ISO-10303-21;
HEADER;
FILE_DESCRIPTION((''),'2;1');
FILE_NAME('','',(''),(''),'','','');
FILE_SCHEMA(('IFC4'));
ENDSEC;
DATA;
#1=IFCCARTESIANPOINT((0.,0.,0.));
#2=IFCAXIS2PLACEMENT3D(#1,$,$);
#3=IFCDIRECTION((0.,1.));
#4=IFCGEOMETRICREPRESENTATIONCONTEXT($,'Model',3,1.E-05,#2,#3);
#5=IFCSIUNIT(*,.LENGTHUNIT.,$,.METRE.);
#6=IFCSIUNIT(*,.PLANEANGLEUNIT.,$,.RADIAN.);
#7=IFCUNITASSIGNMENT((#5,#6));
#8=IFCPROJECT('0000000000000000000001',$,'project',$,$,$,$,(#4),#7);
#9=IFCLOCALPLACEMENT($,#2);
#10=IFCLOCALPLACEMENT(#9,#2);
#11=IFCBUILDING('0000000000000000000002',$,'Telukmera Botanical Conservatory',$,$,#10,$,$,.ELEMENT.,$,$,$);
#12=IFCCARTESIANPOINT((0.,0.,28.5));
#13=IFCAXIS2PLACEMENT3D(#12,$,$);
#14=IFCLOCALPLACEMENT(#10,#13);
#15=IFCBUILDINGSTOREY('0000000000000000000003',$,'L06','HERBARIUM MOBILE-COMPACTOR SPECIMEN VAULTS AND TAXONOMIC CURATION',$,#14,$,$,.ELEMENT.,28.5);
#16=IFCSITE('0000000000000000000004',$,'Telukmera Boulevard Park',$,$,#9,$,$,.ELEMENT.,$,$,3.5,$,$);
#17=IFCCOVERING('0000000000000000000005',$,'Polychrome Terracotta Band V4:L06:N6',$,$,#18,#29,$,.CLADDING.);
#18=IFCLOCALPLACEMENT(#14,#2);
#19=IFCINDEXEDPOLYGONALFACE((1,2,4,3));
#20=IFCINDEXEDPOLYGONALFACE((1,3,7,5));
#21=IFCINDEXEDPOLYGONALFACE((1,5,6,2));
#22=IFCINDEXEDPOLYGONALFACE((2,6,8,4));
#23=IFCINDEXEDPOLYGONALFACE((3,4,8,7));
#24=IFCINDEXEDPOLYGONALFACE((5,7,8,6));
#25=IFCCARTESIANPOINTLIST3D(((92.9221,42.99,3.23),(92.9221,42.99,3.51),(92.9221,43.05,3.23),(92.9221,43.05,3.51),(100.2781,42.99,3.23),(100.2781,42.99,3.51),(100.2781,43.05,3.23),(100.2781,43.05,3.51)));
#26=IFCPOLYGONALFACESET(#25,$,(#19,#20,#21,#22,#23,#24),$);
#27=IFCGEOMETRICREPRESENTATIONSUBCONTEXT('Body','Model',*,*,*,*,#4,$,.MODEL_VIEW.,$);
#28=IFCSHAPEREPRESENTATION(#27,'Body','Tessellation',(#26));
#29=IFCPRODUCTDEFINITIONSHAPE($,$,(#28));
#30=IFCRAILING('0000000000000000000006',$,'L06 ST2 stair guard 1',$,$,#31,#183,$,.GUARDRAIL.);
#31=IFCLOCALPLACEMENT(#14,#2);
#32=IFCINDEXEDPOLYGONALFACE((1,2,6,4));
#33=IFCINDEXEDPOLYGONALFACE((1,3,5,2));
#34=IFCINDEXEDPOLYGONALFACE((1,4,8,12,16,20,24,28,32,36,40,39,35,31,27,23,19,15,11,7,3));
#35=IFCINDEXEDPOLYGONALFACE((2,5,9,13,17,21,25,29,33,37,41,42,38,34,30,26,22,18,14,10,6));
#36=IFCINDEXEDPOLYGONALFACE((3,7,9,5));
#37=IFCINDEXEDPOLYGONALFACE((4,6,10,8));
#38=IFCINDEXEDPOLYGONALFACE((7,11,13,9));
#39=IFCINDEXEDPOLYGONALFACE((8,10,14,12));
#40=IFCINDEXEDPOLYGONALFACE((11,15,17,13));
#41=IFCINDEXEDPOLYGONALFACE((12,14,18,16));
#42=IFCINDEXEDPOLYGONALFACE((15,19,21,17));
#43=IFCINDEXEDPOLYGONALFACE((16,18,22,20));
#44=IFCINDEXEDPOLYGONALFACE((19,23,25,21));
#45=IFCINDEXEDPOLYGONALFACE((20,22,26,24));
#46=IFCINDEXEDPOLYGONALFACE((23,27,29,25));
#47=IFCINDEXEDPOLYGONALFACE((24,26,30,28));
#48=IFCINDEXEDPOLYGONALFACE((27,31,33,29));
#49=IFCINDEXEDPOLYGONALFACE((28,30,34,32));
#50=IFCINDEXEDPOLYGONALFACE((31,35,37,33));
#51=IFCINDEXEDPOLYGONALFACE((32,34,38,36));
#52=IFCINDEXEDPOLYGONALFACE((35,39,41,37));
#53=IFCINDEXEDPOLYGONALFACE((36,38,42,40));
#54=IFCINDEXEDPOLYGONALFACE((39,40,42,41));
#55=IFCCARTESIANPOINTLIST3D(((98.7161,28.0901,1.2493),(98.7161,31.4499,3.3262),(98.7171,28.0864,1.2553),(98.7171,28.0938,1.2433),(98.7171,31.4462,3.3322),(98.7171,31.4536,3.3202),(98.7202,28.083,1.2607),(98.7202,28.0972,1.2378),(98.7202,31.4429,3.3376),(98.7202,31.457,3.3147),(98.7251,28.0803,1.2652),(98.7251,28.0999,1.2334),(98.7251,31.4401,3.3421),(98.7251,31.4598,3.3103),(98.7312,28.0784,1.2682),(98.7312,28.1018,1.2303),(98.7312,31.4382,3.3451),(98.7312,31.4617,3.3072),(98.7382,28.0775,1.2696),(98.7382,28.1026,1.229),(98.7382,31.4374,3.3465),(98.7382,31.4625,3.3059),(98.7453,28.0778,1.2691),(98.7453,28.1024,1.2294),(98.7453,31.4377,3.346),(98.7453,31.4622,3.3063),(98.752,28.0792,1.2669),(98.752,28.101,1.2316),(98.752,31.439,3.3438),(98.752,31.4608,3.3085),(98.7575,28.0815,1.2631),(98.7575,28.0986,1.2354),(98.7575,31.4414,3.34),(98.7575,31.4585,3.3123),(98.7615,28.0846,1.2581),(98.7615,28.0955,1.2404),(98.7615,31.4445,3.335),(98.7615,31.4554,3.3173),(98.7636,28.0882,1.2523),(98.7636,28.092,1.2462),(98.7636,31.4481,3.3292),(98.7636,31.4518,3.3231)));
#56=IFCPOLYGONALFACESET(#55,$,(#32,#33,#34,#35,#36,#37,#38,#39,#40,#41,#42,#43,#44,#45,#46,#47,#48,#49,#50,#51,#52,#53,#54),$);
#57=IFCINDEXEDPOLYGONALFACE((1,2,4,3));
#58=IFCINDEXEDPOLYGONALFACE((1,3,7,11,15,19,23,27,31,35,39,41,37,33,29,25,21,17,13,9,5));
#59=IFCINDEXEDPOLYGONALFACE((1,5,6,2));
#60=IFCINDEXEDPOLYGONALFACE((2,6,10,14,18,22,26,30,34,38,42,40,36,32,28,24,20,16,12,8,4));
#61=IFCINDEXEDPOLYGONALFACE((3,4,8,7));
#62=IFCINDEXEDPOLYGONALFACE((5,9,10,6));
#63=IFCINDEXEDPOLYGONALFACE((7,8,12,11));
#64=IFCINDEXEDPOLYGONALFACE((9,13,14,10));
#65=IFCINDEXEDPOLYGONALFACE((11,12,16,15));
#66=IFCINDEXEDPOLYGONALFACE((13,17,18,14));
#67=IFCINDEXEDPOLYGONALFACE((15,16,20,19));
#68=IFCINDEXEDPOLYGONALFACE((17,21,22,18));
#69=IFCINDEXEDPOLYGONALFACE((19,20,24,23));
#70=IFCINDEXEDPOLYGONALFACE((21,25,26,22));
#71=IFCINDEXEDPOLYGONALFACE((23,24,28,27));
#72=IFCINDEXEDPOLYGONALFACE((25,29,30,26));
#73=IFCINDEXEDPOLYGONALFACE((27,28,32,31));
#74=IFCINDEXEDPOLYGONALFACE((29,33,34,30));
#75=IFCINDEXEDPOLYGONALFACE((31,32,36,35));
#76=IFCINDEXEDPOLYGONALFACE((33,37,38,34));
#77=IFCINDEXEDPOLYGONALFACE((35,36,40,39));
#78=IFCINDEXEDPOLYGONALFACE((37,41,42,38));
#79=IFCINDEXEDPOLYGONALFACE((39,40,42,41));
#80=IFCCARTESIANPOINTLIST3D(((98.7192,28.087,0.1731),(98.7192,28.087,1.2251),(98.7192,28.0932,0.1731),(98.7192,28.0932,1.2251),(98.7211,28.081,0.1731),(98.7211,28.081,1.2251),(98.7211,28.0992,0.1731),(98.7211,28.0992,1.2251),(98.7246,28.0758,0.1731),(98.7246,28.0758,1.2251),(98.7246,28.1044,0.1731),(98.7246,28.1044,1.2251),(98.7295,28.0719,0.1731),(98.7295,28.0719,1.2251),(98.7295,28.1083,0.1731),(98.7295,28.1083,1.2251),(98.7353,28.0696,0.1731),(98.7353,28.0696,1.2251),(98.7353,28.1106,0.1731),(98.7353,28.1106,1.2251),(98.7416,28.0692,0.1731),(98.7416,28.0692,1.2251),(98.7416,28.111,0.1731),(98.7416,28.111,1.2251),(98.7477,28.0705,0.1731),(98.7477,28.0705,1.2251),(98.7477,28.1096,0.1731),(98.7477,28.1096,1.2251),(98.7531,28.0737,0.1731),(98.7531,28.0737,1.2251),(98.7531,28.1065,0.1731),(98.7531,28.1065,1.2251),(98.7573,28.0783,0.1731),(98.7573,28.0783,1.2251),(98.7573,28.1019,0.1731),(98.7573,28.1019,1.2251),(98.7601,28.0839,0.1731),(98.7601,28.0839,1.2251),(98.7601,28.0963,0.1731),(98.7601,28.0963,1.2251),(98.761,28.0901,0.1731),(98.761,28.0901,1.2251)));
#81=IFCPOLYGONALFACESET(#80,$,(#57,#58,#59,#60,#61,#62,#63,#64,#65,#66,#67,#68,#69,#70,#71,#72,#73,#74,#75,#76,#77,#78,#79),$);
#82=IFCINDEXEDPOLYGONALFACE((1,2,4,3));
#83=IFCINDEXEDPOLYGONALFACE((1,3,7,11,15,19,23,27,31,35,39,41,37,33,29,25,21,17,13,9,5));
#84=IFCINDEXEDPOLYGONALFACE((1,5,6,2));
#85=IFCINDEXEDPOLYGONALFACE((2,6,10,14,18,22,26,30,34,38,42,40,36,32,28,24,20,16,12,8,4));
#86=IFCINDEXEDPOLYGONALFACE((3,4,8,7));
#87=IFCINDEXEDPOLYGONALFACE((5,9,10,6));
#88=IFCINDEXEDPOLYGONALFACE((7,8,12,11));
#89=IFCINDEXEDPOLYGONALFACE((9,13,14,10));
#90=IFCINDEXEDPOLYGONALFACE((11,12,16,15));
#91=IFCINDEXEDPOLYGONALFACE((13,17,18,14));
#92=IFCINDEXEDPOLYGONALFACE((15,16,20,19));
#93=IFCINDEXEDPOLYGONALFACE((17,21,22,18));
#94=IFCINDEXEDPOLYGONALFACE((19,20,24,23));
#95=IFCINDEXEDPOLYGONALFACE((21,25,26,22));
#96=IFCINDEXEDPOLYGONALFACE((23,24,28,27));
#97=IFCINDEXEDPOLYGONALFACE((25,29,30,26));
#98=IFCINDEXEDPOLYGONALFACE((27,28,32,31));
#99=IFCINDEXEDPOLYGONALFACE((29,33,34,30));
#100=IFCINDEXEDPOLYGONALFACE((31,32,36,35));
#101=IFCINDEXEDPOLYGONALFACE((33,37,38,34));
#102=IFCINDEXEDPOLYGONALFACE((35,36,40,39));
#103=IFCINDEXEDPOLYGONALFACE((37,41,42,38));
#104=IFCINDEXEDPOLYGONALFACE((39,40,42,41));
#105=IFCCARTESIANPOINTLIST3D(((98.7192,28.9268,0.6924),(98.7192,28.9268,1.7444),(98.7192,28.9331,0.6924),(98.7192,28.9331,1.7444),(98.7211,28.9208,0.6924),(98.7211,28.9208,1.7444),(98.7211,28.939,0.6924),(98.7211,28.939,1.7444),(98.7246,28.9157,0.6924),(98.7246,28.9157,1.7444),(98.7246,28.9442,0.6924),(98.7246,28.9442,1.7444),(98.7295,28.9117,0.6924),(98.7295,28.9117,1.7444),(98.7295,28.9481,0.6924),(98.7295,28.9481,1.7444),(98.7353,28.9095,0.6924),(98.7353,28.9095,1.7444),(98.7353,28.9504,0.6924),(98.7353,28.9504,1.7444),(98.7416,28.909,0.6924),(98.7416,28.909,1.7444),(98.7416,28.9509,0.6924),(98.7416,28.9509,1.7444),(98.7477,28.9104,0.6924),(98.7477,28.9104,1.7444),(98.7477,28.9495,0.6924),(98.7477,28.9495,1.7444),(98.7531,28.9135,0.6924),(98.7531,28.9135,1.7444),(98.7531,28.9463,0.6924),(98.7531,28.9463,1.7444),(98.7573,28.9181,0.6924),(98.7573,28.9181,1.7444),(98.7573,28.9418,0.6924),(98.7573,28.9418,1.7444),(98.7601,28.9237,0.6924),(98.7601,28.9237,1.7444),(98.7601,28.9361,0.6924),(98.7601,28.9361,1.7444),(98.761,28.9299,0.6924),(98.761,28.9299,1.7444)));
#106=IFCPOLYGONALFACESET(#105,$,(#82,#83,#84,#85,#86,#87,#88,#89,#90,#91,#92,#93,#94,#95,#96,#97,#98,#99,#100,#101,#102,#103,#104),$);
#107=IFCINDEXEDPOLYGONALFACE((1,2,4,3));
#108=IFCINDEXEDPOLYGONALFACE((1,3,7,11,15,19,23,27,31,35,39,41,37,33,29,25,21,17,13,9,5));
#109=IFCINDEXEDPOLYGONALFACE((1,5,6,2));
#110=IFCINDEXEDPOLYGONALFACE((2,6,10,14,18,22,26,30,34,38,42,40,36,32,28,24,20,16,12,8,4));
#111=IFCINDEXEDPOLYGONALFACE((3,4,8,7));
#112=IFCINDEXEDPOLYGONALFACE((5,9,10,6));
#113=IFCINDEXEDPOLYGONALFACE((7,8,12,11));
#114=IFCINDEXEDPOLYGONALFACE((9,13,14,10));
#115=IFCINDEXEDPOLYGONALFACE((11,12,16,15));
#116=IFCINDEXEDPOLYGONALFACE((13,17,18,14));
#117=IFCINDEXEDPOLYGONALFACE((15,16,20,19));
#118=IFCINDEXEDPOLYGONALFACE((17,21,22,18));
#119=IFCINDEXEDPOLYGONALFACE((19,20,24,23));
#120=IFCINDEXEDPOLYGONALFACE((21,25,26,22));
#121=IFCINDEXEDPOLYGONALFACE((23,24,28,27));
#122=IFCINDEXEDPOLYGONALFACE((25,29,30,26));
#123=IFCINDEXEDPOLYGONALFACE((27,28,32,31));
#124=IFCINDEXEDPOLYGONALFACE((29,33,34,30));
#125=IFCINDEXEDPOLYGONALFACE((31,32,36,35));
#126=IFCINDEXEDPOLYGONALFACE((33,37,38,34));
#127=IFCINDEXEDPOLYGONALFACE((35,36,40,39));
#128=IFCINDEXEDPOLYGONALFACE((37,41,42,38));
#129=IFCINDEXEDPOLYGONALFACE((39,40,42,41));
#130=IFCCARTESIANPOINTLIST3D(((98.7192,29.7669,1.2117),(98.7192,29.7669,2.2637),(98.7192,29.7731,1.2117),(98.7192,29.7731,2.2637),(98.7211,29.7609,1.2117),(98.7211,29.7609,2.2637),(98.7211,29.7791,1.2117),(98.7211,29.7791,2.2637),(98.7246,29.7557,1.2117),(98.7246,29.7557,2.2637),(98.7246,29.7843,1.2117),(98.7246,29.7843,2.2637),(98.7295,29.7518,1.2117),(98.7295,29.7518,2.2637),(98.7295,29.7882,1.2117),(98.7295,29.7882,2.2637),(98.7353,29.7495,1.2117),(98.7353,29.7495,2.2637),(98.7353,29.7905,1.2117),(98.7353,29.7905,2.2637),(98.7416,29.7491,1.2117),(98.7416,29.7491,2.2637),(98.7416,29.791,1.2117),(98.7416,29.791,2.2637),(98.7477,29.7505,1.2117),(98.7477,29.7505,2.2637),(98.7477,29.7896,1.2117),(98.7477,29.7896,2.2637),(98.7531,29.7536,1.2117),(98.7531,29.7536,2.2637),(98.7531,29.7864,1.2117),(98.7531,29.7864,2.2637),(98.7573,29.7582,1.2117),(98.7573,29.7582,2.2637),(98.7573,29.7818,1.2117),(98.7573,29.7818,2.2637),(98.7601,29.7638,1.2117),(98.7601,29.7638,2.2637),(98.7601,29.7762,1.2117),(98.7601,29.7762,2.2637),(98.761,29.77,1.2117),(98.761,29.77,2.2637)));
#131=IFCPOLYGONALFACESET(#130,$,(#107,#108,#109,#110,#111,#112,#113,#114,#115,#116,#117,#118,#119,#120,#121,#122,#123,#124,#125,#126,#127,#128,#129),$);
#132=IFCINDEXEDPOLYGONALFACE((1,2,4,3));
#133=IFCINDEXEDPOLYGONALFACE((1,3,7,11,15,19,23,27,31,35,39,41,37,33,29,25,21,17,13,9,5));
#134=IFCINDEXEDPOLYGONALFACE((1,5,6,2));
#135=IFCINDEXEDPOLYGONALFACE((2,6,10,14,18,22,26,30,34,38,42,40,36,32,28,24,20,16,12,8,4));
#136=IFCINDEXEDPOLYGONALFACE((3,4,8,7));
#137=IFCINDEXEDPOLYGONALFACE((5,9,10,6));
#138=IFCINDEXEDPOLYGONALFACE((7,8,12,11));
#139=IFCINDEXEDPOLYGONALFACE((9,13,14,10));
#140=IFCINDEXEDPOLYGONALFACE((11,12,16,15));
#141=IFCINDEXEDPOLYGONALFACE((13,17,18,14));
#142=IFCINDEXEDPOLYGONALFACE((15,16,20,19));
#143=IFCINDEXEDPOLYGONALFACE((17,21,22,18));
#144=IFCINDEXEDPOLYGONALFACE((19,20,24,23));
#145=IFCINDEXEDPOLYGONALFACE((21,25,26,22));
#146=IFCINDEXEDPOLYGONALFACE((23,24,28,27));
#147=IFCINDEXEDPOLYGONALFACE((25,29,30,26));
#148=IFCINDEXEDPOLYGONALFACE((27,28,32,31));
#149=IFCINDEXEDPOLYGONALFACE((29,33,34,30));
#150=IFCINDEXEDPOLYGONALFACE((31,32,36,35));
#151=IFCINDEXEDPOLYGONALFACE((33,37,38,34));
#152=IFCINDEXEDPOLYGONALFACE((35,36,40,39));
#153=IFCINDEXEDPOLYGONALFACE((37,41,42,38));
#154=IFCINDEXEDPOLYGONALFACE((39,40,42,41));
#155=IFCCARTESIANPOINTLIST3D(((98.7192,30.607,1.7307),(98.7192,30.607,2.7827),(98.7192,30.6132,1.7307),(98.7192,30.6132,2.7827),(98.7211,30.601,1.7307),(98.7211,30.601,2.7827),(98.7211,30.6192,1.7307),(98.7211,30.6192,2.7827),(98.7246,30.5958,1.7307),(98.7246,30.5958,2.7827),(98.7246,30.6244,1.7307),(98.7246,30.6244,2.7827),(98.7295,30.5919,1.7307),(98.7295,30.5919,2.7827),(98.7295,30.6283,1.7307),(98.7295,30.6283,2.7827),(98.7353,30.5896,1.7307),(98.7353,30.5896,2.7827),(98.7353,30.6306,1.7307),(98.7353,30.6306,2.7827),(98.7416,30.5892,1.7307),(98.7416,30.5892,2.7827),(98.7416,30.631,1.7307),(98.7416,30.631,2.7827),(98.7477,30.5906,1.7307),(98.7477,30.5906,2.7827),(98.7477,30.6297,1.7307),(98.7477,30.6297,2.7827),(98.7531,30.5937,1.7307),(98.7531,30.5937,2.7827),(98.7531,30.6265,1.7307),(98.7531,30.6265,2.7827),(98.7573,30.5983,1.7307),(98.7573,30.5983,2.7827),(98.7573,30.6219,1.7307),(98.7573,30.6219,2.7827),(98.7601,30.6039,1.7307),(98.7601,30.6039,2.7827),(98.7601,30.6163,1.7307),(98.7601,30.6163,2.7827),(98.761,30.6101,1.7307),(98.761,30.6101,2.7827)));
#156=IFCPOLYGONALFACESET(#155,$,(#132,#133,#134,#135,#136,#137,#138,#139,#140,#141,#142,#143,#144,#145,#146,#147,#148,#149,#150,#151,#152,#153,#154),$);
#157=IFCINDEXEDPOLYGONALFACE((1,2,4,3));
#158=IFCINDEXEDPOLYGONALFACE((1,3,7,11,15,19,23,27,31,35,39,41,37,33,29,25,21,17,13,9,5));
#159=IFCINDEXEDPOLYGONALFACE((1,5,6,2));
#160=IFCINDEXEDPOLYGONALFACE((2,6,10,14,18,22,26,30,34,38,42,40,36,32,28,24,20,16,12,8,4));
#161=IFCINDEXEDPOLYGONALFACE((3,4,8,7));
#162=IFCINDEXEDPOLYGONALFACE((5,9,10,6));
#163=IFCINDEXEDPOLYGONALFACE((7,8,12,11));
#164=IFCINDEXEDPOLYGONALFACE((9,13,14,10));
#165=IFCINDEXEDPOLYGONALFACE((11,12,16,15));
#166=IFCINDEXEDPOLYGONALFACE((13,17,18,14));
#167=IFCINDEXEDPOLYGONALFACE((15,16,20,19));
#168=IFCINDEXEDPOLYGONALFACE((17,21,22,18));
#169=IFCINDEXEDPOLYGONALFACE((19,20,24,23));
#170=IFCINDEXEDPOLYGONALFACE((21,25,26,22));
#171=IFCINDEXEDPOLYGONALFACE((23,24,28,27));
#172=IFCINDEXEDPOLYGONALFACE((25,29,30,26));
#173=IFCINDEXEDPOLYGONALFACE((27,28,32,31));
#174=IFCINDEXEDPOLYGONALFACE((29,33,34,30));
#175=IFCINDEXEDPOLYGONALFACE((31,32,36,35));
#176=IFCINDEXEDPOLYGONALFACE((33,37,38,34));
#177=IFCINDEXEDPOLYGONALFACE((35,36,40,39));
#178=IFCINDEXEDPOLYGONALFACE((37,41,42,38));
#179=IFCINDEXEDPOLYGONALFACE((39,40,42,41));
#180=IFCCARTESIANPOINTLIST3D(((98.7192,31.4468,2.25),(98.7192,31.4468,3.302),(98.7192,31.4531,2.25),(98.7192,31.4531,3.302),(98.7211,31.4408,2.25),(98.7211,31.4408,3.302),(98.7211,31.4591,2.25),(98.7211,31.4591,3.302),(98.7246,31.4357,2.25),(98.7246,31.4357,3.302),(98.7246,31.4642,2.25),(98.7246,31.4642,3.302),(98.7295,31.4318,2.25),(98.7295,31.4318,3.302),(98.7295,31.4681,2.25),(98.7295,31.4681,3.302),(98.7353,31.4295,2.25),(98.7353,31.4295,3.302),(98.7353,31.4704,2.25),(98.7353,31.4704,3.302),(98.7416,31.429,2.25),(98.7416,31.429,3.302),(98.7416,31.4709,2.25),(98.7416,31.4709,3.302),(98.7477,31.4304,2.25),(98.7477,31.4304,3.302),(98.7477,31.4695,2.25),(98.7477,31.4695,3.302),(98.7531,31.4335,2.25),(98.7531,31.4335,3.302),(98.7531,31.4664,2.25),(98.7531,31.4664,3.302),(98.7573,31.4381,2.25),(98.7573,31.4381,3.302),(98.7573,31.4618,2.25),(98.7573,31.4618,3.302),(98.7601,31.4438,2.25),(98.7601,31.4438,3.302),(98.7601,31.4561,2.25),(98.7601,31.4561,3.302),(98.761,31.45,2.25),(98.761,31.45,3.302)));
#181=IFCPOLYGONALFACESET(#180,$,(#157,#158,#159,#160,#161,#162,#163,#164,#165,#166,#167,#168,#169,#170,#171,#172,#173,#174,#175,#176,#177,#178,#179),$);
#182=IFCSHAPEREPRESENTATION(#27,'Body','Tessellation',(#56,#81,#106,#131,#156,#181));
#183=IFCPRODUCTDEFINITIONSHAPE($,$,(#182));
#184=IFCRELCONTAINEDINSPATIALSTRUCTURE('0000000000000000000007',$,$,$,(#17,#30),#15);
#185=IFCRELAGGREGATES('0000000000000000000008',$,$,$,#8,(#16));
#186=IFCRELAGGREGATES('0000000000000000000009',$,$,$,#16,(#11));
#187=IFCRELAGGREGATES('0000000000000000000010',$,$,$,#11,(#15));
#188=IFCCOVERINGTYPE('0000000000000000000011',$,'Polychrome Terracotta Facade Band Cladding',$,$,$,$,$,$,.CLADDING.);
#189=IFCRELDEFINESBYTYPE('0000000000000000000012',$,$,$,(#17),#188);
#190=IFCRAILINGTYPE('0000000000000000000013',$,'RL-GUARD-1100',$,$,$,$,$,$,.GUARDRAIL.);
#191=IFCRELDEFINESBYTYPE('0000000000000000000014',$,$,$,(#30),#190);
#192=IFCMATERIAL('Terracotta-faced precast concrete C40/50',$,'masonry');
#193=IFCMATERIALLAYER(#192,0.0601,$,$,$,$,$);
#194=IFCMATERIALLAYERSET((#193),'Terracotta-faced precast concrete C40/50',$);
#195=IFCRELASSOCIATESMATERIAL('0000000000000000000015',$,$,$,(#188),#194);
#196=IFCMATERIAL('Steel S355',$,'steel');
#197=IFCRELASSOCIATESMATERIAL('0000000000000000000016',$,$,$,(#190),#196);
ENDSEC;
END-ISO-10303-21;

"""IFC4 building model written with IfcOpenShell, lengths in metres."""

from ifc_helpers import new_model, si_unit, direction, frame, origin, origin_2d, place, context, subcontext, project, spatial, rectangle, circle, extrude, material, layer, layer_set, type_object, element, save


model = new_model("IFC4")

# Units and contexts
model_context = context("Model", 3, precision=1e-05, world=origin(), true_north=direction((0.0, 1.0)))
body_context = subcontext(model_context, "Body", "Model", "MODEL_VIEW")
ifc_project = project(units=[si_unit("LENGTHUNIT", "METRE"), si_unit("PLANEANGLEUNIT", "RADIAN")], contexts=[model_context])

# Site, building, storey
site_placement = place(None, origin())
site = spatial("IfcSite", under=ifc_project, at=site_placement, Name="Telukmera Boulevard Park", CompositionType="ELEMENT", RefElevation=3.5)
building_placement = place(site_placement, origin())
building = spatial("IfcBuilding", under=site, at=building_placement, Name="Telukmera Botanical Conservatory", CompositionType="ELEMENT")
storey_placement = place(building_placement, frame((0.0, 0.0, 28.5)))
storey = spatial("IfcBuildingStorey", under=building, at=storey_placement, Name="L06", Description="HERBARIUM MOBILE-COMPACTOR SPECIMEN VAULTS AND TAXONOMIC CURATION", CompositionType="ELEMENT", Elevation=28.5)

# Shared definitions
ifc_material_1 = material(Name="Terracotta-faced precast concrete C40/50", Category="masonry")

# Covering
ifc_layer_1 = layer(ifc_material_1, 0.0601)
ifc_layer_set_1 = layer_set([ifc_layer_1], Name="Terracotta-faced precast concrete C40/50")
covering_type_1 = type_object("IfcCoveringType", Name="Polychrome Terracotta Facade Band Cladding", PredefinedType="CLADDING", material=ifc_layer_set_1)
covering_placement = place(storey_placement, frame((96.6001, 43.02, 3.23), z_axis=(0.0, 0.0, 1.0), x_axis=(1.0, 0.0, 0.0)))
element("IfcCovering", 1, at=covering_placement, inside=storey, type_object=covering_type_1, Name="Polychrome Terracotta Band V4:L06:N6", PredefinedType="CLADDING", context=body_context, shape_type="SweptSolid", body=[
    extrude(rectangle(XDim=7.356, YDim=0.0601, at=origin_2d()), origin(), (0.0, 0.0, 1.0), 0.28),
])

# Railing
ifc_material_2 = material(Name="Steel S355", Category="steel")
railing_type_1 = type_object("IfcRailingType", Name="RL-GUARD-1100", PredefinedType="GUARDRAIL", material=ifc_material_2)
railing_1_placement = place(storey_placement, frame((98.74, 28.0901, 0.1731)))
element("IfcRailing", 2, at=railing_1_placement, inside=storey, type_object=railing_type_1, Name="L06 ST2 stair guard 1", PredefinedType="GUARDRAIL", context=body_context, shape_type="SweptSolid", body=[
    extrude(circle(Radius=0.0239, at=origin_2d()), frame((0.0, 0.0, 1.0762), z_axis=(0.0, 0.850606, 0.525803), x_axis=(-1.0, 0.0, 0.0)), (0.0, 0.0, 1.0), 3.95),
    extrude(circle(Radius=0.021, at=origin_2d()), origin(), (0.0, 0.0, 1.0), 1.052),
    extrude(circle(Radius=0.021, at=origin_2d()), frame((0.0, 0.8398, 0.5193)), (0.0, 0.0, 1.0), 1.052),
    extrude(circle(Radius=0.021, at=origin_2d()), frame((0.0, 1.6799, 1.0386)), (0.0, 0.0, 1.0), 1.052),
    extrude(circle(Radius=0.021, at=origin_2d()), frame((0.0, 2.52, 1.5576)), (0.0, 0.0, 1.0), 1.052),
    extrude(circle(Radius=0.021, at=origin_2d()), frame((0.0, 3.3599, 2.0769)), (0.0, 0.0, 1.0), 1.052),
])

save(model, "model.ifc")
